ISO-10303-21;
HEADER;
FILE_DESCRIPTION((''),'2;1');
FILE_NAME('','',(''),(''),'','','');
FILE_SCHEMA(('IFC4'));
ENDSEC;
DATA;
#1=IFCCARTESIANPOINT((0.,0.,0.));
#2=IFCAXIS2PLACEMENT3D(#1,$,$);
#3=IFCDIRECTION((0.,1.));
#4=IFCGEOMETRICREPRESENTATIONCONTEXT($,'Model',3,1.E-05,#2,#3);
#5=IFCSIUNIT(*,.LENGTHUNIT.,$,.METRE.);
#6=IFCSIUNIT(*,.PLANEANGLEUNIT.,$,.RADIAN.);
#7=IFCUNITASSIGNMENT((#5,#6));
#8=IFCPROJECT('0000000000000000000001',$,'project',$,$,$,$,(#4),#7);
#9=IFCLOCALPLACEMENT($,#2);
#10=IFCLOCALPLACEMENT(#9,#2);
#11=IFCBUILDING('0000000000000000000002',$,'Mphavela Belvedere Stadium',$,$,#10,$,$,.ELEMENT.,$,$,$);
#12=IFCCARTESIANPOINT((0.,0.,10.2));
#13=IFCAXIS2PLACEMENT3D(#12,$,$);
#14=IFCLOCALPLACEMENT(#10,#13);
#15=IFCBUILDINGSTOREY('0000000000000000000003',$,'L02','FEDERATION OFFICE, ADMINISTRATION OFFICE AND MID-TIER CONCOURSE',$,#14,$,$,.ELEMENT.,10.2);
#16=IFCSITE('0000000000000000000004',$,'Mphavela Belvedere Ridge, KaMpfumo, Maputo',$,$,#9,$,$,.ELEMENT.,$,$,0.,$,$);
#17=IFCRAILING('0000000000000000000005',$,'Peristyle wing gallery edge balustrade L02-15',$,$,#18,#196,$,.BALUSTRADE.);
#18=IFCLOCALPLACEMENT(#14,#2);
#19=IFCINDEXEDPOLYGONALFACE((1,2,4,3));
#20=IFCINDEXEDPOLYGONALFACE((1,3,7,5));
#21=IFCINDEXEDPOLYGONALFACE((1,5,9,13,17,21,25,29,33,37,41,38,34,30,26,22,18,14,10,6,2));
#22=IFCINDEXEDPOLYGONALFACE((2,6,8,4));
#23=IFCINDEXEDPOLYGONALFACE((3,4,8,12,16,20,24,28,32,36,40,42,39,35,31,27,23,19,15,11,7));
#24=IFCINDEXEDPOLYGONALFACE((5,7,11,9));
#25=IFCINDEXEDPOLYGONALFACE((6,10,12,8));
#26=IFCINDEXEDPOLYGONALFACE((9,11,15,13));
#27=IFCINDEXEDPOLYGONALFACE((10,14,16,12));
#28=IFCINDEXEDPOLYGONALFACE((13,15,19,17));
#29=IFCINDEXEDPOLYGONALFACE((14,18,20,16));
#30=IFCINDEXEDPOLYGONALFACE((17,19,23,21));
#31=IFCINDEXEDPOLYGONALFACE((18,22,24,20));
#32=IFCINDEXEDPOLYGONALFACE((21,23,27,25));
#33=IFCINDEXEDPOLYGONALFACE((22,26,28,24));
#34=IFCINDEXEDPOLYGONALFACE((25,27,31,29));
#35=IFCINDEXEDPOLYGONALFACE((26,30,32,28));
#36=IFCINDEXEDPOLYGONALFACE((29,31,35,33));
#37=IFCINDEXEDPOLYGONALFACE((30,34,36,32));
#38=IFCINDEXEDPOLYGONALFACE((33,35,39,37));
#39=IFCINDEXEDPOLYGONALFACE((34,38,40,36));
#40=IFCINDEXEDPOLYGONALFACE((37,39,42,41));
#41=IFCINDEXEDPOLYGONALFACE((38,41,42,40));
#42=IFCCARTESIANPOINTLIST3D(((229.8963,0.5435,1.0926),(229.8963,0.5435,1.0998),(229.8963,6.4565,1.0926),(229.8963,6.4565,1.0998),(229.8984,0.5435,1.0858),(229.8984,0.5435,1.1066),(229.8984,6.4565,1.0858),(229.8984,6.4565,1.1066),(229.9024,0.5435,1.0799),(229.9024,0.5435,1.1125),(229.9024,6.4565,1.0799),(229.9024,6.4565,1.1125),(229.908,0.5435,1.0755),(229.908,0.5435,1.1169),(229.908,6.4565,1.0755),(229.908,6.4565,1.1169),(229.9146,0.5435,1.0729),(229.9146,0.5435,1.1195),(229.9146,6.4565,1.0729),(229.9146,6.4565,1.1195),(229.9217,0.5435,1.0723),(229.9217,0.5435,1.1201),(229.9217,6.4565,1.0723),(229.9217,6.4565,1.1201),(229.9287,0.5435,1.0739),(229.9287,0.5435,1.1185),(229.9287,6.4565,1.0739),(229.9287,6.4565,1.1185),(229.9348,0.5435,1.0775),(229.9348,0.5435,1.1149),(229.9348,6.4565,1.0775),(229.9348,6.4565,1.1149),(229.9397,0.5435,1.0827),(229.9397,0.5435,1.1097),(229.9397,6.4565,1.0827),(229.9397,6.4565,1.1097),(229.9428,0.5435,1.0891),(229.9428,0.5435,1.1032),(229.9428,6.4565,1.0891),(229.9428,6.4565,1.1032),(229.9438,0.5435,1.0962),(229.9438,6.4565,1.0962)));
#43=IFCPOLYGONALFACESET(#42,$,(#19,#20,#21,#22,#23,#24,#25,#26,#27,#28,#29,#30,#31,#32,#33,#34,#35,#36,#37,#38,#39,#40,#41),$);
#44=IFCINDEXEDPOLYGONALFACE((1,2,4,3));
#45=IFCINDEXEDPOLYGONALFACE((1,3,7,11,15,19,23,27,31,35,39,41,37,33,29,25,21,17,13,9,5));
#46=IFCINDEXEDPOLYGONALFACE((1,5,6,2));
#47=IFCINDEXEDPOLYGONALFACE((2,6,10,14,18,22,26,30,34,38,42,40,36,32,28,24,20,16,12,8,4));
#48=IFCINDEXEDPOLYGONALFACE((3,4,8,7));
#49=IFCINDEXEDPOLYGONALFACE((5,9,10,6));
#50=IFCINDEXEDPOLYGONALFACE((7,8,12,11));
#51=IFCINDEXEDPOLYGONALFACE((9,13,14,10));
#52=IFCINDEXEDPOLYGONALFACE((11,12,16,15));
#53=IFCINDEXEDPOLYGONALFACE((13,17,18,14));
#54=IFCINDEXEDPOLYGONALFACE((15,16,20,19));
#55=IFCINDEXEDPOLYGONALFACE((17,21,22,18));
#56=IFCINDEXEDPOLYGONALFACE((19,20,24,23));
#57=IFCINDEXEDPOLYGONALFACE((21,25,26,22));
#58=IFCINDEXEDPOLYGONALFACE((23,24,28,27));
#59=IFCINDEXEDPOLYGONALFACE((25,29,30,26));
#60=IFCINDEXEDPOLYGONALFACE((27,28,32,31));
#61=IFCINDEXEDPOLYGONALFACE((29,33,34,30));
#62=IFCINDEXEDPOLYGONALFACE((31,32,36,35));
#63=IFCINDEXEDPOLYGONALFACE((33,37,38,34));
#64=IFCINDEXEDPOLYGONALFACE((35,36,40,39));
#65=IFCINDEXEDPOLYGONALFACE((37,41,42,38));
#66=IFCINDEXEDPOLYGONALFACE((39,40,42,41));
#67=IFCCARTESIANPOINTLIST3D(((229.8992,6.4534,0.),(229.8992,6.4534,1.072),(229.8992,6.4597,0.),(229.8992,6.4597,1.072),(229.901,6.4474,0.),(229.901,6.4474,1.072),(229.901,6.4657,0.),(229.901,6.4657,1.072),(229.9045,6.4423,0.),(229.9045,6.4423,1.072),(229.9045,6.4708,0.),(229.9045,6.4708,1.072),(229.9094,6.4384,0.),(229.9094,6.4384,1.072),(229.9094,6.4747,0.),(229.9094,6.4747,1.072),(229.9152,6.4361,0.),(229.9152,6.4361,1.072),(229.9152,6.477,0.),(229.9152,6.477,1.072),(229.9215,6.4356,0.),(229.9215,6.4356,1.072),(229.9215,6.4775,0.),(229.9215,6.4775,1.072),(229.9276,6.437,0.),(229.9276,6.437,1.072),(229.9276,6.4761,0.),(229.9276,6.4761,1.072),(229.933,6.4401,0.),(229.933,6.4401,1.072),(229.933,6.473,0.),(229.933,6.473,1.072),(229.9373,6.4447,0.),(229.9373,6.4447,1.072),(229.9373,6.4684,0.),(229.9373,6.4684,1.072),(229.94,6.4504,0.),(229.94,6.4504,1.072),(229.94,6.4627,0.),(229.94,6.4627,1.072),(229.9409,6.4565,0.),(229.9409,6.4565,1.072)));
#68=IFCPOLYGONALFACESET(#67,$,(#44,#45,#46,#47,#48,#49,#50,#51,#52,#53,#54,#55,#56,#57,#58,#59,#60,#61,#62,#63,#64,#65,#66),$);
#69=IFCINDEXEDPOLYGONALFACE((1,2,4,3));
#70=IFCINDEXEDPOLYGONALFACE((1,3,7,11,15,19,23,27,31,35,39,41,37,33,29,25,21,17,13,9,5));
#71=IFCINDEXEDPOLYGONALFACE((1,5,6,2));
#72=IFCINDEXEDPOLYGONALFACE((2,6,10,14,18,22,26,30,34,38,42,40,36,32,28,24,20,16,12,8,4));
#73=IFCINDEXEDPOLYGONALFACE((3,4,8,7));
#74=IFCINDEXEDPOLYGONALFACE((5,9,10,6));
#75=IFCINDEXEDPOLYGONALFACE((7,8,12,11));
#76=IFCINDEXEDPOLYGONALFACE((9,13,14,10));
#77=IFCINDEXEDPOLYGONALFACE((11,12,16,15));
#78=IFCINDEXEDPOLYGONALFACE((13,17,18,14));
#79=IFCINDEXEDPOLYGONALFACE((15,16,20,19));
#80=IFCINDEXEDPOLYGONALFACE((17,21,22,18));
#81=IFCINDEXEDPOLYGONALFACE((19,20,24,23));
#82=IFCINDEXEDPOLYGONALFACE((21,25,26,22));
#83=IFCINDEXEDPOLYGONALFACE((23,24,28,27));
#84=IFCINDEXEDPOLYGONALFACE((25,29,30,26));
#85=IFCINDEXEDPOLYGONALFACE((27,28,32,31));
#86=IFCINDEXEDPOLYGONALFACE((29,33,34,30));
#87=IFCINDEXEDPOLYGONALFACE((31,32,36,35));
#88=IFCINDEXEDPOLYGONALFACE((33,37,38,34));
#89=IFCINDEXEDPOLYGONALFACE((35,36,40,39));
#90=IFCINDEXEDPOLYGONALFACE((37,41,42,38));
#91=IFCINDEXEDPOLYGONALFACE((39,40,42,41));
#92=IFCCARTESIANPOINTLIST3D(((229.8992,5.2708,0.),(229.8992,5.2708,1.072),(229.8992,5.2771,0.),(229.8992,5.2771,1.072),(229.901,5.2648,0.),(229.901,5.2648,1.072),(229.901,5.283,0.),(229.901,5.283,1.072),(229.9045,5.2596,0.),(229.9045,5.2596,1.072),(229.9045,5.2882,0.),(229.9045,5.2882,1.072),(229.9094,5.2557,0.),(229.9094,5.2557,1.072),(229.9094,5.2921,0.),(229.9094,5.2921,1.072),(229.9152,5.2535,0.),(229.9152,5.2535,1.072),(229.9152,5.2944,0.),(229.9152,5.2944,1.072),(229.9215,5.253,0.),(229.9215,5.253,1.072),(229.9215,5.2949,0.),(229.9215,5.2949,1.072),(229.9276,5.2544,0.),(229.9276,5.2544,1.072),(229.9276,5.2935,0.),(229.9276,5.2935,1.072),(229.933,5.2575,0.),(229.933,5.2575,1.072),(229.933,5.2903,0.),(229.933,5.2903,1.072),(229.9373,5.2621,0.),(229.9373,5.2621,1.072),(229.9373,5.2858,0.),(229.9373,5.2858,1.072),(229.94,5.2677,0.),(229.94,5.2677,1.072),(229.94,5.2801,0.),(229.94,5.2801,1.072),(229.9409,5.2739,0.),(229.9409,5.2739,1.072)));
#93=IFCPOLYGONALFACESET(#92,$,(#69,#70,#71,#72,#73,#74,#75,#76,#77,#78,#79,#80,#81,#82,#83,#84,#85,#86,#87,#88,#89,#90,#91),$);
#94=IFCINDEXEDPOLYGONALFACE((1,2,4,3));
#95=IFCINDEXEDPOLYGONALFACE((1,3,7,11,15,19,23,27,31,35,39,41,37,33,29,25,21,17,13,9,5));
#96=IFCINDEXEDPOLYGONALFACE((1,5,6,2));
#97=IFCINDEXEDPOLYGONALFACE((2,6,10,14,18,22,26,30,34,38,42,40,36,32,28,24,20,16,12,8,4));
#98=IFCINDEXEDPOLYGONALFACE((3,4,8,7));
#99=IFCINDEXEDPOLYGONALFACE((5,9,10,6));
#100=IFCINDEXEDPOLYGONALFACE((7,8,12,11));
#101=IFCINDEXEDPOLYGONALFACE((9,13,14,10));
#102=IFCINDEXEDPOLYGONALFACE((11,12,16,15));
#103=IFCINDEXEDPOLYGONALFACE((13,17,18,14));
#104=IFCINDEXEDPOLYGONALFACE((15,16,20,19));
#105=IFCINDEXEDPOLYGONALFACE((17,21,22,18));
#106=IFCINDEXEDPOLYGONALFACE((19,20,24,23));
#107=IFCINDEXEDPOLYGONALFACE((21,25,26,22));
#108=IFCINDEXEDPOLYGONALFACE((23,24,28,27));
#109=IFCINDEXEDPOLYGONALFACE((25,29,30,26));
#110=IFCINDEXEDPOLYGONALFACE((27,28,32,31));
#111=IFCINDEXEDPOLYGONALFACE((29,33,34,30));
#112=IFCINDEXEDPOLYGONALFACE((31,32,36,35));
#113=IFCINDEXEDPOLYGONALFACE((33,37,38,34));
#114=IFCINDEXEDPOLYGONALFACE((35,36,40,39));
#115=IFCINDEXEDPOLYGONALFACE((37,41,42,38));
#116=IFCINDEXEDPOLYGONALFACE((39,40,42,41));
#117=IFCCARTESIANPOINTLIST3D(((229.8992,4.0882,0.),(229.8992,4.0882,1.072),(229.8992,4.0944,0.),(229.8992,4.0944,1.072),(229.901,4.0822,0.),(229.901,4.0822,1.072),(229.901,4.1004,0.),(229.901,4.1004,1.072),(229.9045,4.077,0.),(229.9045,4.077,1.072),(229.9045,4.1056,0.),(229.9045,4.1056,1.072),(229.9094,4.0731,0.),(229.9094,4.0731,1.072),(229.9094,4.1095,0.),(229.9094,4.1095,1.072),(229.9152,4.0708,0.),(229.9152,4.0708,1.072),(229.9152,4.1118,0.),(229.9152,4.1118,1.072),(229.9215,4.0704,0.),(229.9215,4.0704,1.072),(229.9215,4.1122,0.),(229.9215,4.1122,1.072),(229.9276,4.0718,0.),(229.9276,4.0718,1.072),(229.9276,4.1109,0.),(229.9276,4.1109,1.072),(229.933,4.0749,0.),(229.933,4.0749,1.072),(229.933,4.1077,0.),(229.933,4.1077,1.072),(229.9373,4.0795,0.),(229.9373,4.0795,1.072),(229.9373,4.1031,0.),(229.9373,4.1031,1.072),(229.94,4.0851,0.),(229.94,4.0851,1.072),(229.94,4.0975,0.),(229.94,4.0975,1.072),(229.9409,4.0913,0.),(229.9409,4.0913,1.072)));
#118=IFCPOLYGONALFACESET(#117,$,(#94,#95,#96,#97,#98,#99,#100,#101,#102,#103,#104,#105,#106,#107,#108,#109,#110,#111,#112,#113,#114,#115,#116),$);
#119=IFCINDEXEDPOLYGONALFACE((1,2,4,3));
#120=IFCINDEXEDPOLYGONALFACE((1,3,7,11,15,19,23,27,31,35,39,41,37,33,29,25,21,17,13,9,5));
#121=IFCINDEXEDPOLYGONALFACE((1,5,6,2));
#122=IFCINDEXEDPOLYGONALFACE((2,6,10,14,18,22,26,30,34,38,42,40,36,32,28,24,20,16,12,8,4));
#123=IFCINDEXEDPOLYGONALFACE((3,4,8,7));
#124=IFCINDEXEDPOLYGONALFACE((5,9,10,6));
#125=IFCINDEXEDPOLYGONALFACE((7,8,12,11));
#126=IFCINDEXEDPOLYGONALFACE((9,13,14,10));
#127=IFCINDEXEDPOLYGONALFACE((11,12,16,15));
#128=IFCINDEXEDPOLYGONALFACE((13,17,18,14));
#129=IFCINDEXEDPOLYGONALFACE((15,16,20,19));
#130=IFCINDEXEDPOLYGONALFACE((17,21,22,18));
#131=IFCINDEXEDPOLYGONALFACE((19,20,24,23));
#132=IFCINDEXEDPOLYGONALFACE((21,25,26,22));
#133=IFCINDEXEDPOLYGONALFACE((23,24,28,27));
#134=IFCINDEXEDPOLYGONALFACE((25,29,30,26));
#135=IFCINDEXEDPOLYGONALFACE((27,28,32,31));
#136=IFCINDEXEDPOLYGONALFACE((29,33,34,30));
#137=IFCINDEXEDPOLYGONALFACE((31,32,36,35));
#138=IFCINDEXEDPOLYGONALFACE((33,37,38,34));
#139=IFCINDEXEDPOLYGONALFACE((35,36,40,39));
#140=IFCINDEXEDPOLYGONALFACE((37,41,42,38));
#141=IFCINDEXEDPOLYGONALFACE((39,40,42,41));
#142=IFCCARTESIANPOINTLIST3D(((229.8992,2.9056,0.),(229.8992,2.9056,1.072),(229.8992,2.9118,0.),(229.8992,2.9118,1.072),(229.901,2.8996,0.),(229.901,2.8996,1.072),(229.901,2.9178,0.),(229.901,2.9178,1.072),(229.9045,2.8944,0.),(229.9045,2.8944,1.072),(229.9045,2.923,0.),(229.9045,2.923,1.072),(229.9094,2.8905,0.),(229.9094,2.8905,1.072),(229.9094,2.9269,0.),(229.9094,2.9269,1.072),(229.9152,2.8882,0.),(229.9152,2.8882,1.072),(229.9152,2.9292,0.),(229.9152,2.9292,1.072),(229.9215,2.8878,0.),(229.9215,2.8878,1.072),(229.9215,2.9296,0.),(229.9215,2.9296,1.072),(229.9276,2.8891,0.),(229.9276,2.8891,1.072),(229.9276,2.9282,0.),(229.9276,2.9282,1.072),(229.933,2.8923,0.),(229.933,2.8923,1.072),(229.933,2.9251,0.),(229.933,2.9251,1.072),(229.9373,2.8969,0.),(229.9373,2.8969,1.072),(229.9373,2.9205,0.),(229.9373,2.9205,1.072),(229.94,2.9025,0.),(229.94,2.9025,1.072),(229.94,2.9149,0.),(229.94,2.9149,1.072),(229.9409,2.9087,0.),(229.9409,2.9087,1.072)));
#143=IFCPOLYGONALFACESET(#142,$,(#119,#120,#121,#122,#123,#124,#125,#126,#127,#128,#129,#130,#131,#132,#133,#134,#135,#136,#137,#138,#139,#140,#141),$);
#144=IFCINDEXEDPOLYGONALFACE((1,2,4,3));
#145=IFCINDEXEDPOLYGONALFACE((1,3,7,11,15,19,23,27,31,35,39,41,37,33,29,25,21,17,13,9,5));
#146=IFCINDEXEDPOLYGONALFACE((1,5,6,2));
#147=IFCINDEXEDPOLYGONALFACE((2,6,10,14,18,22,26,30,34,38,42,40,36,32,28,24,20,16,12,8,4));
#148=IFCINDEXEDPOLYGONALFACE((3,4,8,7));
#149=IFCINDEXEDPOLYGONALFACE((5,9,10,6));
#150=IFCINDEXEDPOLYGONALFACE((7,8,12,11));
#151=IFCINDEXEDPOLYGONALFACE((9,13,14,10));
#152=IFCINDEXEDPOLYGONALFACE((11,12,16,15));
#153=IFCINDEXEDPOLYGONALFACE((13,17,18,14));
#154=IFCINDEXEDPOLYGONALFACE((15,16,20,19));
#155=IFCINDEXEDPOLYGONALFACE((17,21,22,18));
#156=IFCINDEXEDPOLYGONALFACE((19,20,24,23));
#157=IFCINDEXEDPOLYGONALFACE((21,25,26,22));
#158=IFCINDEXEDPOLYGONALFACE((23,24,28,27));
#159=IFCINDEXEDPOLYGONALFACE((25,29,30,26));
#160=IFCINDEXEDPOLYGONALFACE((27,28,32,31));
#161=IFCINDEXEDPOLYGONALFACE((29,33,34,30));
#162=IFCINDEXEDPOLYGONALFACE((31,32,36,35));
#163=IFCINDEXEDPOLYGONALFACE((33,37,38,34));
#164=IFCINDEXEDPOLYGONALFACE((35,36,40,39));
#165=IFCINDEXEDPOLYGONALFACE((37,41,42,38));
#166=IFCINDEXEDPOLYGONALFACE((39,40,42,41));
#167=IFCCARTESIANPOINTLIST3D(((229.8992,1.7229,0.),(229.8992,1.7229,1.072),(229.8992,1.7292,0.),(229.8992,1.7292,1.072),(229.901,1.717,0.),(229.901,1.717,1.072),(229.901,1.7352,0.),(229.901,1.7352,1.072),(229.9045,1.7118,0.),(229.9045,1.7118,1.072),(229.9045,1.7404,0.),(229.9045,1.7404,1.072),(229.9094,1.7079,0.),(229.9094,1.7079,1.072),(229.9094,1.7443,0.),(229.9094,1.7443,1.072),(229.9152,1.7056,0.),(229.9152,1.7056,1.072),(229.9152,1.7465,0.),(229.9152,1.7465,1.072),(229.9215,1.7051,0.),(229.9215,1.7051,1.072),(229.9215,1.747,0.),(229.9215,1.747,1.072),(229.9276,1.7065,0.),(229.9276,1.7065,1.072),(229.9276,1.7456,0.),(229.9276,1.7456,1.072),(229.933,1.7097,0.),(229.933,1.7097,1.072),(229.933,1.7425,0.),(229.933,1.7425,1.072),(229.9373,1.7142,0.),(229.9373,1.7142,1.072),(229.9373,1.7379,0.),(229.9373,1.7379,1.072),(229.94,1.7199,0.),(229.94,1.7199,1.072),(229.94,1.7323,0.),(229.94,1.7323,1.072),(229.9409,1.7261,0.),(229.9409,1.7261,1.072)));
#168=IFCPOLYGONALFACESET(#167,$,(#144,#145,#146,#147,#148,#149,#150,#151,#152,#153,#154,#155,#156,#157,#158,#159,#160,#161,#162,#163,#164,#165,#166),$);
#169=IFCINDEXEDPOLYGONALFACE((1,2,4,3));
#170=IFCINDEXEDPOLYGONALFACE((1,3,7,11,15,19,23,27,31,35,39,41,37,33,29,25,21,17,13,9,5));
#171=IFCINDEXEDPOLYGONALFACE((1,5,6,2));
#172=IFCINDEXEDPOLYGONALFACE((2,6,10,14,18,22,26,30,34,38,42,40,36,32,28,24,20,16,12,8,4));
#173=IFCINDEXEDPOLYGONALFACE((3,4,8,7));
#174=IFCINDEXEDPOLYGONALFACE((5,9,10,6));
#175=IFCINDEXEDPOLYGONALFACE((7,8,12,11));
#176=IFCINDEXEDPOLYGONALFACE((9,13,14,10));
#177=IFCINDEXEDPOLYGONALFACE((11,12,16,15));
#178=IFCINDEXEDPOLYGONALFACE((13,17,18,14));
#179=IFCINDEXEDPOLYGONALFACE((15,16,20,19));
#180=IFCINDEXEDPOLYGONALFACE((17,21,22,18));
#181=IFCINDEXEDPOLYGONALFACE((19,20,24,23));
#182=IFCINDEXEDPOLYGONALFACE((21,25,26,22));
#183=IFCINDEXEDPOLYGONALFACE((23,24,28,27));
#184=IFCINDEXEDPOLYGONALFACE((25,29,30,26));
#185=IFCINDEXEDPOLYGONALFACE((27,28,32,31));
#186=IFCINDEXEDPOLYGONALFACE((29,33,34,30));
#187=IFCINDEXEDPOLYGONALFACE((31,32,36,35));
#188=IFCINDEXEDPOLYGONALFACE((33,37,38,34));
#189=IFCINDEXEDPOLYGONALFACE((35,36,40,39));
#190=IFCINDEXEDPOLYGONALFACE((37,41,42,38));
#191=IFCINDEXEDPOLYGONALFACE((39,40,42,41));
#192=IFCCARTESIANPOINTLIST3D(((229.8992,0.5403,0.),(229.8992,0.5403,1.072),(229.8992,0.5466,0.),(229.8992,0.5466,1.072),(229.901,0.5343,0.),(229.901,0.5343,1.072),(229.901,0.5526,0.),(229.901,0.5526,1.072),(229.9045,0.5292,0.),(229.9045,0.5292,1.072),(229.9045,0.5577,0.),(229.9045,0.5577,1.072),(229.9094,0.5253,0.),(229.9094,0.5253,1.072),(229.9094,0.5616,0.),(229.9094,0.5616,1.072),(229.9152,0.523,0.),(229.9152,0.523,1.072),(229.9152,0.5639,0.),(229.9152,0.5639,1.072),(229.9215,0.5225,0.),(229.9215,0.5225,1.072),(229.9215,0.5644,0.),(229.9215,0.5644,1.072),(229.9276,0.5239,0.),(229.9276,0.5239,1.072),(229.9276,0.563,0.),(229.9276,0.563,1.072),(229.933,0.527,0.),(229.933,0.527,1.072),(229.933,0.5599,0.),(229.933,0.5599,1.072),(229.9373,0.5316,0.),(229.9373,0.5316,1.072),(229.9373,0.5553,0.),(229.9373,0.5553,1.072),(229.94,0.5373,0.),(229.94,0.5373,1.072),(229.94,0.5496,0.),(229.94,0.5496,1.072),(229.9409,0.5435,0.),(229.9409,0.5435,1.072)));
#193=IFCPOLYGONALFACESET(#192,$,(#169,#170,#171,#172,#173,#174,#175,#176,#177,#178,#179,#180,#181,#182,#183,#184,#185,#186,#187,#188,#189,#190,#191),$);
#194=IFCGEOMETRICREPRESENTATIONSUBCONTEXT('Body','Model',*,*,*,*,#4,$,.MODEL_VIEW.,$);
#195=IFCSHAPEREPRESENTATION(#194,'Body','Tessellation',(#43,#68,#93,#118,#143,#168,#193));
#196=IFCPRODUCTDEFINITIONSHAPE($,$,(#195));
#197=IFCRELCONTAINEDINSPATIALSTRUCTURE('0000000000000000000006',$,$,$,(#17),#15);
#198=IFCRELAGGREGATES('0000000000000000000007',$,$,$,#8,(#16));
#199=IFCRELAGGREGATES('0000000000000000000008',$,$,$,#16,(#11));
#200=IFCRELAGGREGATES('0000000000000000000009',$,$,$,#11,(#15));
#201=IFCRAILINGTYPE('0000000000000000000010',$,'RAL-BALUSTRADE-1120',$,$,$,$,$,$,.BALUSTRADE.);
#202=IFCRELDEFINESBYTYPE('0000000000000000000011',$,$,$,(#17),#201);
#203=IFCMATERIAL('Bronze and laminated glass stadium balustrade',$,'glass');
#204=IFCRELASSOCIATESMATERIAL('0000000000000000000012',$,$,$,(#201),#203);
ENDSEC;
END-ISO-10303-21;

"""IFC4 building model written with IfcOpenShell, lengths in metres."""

from ifc_helpers import new_model, si_unit, direction, frame, origin, origin_2d, place, context, subcontext, project, spatial, circle, extrude, material, type_object, element, save


model = new_model("IFC4")

# Units and contexts
model_context = context("Model", 3, precision=1e-05, world=origin(), true_north=direction((0.0, 1.0)))
body_context = subcontext(model_context, "Body", "Model", "MODEL_VIEW")
ifc_project = project(units=[si_unit("LENGTHUNIT", "METRE"), si_unit("PLANEANGLEUNIT", "RADIAN")], contexts=[model_context])

# Site, building, storey
site_placement = place(None, origin())
site = spatial("IfcSite", under=ifc_project, at=site_placement, Name="Mphavela Belvedere Ridge, KaMpfumo, Maputo", CompositionType="ELEMENT", RefElevation=0.0)
building_placement = place(site_placement, origin())
building = spatial("IfcBuilding", under=site, at=building_placement, Name="Mphavela Belvedere Stadium", CompositionType="ELEMENT")
storey_placement = place(building_placement, frame((0.0, 0.0, 10.2)))
storey = spatial("IfcBuildingStorey", under=building, at=storey_placement, Name="L02", Description="FEDERATION OFFICE, ADMINISTRATION OFFICE AND MID-TIER CONCOURSE", CompositionType="ELEMENT", Elevation=10.2)

# Railing
ifc_material_1 = material(Name="Bronze and laminated glass stadium balustrade", Category="glass")
railing_type = type_object("IfcRailingType", Name="RAL-BALUSTRADE-1120", PredefinedType="BALUSTRADE", material=ifc_material_1)
for number, where, name in (
    (1, (229.9199, 6.4565, 0.0), "Peristyle wing gallery edge balustrade L02-15"),
):
    element("IfcRailing", number, at=place(storey_placement, frame(where)), inside=storey, type_object=railing_type, Name=name, PredefinedType="BALUSTRADE", context=body_context, shape_type="SweptSolid", body=[
        extrude(circle(Radius=0.0239, at=origin_2d()), frame((0.0, 0.0, 1.0962), z_axis=(0.0, -1.0, 0.0), x_axis=(1.0, 0.0, 0.0)), (0.0, 0.0, 1.0), 5.9131),
        extrude(circle(Radius=0.021, at=origin_2d()), origin(), (0.0, 0.0, 1.0), 1.072),
        extrude(circle(Radius=0.021, at=origin_2d()), frame((0.0, -1.1826, 0.0)), (0.0, 0.0, 1.0), 1.072),
        extrude(circle(Radius=0.021, at=origin_2d()), frame((0.0, -2.3652, 0.0)), (0.0, 0.0, 1.0), 1.072),
        extrude(circle(Radius=0.021, at=origin_2d()), frame((0.0, -3.5479, 0.0)), (0.0, 0.0, 1.0), 1.072),
        extrude(circle(Radius=0.021, at=origin_2d()), frame((0.0, -4.7305, 0.0)), (0.0, 0.0, 1.0), 1.072),
        extrude(circle(Radius=0.021, at=origin_2d()), frame((0.0, -5.9131, 0.0)), (0.0, 0.0, 1.0), 1.072),
    ])

save(model, "model.ifc")
